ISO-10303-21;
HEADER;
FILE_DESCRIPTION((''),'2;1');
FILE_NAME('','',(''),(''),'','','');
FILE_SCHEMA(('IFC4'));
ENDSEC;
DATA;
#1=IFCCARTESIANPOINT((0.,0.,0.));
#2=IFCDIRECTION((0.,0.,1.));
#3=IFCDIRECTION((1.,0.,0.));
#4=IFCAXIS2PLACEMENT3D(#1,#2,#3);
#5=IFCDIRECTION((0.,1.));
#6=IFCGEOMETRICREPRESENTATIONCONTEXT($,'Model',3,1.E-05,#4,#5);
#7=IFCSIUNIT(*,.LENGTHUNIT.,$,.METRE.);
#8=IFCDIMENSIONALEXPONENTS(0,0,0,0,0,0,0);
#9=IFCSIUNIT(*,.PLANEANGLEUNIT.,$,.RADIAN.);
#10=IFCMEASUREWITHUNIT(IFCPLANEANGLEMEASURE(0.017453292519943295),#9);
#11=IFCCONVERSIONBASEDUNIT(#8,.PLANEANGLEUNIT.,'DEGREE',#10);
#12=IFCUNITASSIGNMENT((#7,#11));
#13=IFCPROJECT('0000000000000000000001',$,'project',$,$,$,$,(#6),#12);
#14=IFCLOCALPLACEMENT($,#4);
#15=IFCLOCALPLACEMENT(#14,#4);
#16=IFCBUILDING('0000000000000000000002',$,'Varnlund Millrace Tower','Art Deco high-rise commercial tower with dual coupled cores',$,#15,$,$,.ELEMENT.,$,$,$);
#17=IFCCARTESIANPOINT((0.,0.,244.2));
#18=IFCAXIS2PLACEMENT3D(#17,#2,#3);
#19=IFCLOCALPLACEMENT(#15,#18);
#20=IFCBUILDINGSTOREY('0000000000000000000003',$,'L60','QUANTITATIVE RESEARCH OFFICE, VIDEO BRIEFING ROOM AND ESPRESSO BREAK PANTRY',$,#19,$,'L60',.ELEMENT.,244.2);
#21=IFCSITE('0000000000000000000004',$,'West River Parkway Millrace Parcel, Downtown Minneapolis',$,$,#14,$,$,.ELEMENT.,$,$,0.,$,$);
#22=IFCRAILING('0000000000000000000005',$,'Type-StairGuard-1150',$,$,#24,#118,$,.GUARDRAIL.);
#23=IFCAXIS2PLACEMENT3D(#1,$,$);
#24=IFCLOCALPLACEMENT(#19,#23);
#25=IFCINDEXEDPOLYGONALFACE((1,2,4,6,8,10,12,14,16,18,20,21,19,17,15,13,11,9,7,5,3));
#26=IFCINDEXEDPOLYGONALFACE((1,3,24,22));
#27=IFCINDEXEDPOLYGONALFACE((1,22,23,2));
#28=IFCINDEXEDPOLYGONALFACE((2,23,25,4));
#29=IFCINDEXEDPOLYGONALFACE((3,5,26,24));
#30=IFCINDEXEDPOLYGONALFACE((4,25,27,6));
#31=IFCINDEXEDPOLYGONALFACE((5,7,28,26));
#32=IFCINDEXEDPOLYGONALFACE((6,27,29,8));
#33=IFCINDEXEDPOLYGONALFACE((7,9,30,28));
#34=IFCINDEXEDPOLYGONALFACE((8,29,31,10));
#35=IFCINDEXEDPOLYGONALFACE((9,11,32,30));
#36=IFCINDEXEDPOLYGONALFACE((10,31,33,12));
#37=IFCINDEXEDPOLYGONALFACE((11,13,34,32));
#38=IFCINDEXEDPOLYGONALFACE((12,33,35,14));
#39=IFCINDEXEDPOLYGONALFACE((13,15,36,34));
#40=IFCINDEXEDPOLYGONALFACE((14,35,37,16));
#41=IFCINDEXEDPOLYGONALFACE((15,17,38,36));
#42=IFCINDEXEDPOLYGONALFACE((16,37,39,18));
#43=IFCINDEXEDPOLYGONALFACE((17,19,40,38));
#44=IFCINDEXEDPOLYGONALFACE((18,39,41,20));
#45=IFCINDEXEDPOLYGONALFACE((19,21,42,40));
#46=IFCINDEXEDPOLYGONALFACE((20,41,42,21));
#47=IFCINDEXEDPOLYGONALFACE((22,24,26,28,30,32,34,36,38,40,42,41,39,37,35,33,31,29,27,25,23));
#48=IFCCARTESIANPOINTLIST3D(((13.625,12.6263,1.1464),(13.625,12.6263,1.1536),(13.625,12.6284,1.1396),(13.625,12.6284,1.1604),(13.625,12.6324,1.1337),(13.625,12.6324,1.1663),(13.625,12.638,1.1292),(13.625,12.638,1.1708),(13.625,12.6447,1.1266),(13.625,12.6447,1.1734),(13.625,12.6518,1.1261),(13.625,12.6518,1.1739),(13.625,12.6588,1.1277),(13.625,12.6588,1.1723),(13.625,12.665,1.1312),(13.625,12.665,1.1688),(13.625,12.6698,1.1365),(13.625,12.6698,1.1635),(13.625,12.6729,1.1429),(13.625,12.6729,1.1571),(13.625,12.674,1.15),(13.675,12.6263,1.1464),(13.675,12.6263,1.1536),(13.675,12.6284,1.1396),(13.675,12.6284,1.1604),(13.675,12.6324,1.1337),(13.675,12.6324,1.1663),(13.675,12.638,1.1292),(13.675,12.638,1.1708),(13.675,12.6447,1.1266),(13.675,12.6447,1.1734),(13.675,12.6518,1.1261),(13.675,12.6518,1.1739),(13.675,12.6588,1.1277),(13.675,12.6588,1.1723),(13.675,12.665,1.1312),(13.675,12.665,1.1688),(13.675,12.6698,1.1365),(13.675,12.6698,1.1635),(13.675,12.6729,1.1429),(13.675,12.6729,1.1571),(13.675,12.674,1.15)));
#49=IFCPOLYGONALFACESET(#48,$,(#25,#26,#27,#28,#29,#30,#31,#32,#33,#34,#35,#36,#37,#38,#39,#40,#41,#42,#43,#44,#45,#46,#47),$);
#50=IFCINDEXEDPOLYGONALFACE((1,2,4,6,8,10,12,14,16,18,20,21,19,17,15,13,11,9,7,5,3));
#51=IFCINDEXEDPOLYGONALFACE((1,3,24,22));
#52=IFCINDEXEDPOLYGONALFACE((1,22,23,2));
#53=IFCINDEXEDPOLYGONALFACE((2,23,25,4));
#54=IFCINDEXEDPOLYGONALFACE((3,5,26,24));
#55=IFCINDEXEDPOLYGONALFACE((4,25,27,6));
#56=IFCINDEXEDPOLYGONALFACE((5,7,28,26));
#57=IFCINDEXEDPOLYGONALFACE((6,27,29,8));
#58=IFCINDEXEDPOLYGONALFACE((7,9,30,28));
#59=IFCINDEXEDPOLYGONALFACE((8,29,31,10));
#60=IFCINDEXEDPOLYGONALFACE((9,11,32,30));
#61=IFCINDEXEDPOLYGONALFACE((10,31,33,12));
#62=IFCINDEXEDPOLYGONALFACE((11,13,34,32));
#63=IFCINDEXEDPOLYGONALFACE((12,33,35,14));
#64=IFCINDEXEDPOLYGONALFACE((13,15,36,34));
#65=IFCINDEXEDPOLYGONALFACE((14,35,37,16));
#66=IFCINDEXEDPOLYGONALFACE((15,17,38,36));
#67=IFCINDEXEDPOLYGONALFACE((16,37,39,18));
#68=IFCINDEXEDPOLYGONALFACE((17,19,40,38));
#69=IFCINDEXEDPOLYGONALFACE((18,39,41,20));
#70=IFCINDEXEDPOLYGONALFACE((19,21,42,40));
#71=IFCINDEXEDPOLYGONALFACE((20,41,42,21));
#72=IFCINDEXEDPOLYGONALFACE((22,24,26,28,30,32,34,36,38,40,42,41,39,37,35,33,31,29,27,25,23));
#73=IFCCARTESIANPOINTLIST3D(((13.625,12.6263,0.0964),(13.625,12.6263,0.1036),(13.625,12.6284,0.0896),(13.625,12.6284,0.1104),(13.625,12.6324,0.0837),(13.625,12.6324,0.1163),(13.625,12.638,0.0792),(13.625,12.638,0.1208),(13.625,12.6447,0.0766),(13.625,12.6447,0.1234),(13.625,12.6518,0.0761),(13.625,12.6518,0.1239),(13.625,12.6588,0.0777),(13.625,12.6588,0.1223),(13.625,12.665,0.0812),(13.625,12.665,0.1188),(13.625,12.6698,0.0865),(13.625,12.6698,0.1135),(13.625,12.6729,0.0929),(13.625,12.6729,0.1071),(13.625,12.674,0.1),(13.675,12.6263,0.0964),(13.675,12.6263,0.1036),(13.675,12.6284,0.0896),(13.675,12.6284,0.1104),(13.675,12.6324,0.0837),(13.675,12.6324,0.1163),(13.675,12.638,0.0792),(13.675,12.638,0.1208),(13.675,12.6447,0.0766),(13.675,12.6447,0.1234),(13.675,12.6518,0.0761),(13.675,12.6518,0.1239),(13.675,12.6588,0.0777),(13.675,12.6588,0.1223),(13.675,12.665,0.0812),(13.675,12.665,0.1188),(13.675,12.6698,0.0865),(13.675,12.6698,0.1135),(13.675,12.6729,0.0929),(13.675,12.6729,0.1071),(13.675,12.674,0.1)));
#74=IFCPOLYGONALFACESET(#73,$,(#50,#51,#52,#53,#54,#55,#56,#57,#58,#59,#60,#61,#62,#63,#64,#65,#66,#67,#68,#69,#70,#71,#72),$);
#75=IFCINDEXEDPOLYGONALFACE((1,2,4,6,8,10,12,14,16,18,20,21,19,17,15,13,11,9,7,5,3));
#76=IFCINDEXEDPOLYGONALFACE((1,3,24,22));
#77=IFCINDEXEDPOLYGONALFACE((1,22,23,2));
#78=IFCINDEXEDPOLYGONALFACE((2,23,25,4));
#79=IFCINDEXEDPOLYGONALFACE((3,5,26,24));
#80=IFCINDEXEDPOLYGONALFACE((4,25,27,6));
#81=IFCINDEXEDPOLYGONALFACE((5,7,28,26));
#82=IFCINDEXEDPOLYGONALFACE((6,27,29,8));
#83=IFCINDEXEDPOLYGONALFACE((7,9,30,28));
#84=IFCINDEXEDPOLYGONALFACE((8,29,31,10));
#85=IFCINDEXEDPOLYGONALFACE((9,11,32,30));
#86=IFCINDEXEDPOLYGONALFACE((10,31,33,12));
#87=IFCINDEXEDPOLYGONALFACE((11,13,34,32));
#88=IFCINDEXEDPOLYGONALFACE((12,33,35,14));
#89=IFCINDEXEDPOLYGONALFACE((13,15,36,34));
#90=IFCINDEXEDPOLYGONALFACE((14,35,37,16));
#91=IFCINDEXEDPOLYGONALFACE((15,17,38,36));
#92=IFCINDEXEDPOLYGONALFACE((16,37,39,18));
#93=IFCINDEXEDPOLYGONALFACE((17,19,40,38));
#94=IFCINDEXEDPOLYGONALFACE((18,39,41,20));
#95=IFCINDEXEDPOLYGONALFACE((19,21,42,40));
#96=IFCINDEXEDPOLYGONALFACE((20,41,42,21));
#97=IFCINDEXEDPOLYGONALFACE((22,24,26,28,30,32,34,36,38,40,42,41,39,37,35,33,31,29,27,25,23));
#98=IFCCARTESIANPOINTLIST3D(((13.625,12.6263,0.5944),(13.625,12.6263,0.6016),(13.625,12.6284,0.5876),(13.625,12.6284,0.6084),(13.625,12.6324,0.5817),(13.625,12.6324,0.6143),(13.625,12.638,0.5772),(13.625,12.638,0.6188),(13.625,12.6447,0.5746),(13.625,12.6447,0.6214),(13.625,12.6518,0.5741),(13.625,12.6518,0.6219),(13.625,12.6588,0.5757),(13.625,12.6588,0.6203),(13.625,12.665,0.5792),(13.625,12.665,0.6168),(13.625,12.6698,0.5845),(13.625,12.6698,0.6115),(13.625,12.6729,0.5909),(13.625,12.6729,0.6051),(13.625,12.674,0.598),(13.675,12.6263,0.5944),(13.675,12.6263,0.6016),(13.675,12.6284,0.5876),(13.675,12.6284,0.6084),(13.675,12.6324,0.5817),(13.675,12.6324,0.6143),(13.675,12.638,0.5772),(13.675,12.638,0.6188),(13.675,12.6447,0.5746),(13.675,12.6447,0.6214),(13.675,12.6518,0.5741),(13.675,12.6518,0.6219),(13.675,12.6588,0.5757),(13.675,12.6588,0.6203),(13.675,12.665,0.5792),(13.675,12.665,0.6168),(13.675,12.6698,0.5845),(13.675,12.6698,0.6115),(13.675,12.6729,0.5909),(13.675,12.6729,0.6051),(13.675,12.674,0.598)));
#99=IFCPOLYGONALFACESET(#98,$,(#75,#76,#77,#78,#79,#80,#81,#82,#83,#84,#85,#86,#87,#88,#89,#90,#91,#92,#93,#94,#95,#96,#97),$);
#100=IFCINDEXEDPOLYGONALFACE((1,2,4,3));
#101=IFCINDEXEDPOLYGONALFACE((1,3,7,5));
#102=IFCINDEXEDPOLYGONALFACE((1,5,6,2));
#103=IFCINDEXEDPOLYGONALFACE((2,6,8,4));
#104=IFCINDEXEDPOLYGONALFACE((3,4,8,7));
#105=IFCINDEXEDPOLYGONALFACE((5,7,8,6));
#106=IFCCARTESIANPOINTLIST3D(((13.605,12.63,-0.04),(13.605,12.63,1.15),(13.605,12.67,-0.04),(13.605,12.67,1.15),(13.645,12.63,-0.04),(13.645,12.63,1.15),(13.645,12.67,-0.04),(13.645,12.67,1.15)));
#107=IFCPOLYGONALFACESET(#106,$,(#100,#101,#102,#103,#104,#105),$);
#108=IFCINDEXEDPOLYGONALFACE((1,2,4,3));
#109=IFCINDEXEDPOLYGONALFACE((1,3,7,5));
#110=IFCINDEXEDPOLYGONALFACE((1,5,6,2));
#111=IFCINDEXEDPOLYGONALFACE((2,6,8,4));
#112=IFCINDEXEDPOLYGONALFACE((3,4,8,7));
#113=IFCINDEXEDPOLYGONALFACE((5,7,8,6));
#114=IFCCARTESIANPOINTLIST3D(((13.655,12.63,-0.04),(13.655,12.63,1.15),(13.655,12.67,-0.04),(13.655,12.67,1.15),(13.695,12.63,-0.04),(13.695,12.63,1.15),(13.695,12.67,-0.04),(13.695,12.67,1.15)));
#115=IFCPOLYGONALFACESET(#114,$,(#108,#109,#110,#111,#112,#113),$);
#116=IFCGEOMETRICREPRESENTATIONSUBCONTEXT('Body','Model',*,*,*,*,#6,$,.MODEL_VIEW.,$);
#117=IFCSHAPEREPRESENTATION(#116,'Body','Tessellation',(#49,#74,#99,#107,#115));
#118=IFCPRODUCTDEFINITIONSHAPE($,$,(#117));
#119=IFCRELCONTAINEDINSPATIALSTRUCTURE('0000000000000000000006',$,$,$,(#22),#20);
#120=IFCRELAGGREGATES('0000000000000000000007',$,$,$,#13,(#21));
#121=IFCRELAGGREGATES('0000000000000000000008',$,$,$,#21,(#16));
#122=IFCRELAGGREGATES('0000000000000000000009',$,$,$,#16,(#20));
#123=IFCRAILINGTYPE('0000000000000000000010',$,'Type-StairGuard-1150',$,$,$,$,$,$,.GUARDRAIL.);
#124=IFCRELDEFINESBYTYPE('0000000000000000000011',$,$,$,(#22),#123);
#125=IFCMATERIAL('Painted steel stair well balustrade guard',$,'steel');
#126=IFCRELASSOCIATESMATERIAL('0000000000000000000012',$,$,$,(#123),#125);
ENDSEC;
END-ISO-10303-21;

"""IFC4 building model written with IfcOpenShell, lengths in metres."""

from ifc_helpers import new_model, entity, si_unit, converted_unit, direction, frame, origin_with_axes, origin_2d_with_axis, place, context, subcontext, project, spatial, rectangle, circle, extrude, material, type_object, element, save


model = new_model("IFC4")

# Units and contexts
model_context = context("Model", 3, precision=1e-05, world=origin_with_axes(), true_north=direction((0.0, 1.0)))
body_context = subcontext(model_context, "Body", "Model", "MODEL_VIEW")
ifc_project = project(units=[si_unit("LENGTHUNIT", "METRE"), converted_unit("PLANEANGLEUNIT", "DEGREE", entity("IfcPlaneAngleMeasure", 0.017453292519943295), si_unit("PLANEANGLEUNIT", "RADIAN"), dimensions=[0, 0, 0, 0, 0, 0, 0])], contexts=[model_context])

# Site, building, storey
site_placement = place(None, origin_with_axes())
site = spatial("IfcSite", under=ifc_project, at=site_placement, Name="West River Parkway Millrace Parcel, Downtown Minneapolis", CompositionType="ELEMENT", RefElevation=0.0)
building_placement = place(site_placement, origin_with_axes())
building = spatial("IfcBuilding", under=site, at=building_placement, Name="Varnlund Millrace Tower", Description="Art Deco high-rise commercial tower with dual coupled cores", CompositionType="ELEMENT")
storey_placement = place(building_placement, frame((0.0, 0.0, 244.2), z_axis=(0.0, 0.0, 1.0), x_axis=(1.0, 0.0, 0.0)))
storey = spatial("IfcBuildingStorey", under=building, at=storey_placement, Name="L60", Description="QUANTITATIVE RESEARCH OFFICE, VIDEO BRIEFING ROOM AND ESPRESSO BREAK PANTRY", LongName="L60", CompositionType="ELEMENT", Elevation=244.2)

# Railing
ifc_material_1 = material(Name="Painted steel stair well balustrade guard", Category="steel")
railing_type_1 = type_object("IfcRailingType", Name="Type-StairGuard-1150", PredefinedType="GUARDRAIL", material=ifc_material_1)
railing_1_placement = place(storey_placement, frame((0.0, 0.0, -244.2), z_axis=(0.0, 0.0, 1.0), x_axis=(1.0, 0.0, 0.0)))
element("IfcRailing", 1, at=railing_1_placement, inside=storey, type_object=railing_type_1, Name="Type-StairGuard-1150", PredefinedType="GUARDRAIL", context=body_context, shape_type="SweptSolid", body=[
    extrude(circle(Radius=0.024, at=origin_2d_with_axis()), frame((13.625, 12.65, 245.35), z_axis=(1.0, 0.0, 0.0), x_axis=(0.0, 1.0, 0.0)), (0.0, 0.0, 1.0), 0.05),
    extrude(circle(Radius=0.024, at=origin_2d_with_axis()), frame((13.625, 12.65, 244.3), z_axis=(1.0, 0.0, 0.0), x_axis=(0.0, 1.0, 0.0)), (0.0, 0.0, 1.0), 0.05),
    extrude(circle(Radius=0.024, at=origin_2d_with_axis()), frame((13.625, 12.65, 244.798), z_axis=(1.0, 0.0, 0.0), x_axis=(0.0, 1.0, 0.0)), (0.0, 0.0, 1.0), 0.05),
    extrude(rectangle(XDim=0.04, YDim=0.04, at=origin_2d_with_axis()), frame((13.625, 12.65, 244.16), z_axis=(0.0, 0.0, 1.0), x_axis=(1.0, 0.0, 0.0)), (0.0, 0.0, 1.0), 1.19),
    extrude(rectangle(XDim=0.04, YDim=0.04, at=origin_2d_with_axis()), frame((13.675, 12.65, 244.16), z_axis=(0.0, 0.0, 1.0), x_axis=(1.0, 0.0, 0.0)), (0.0, 0.0, 1.0), 1.19),
])

save(model, "model.ifc")
